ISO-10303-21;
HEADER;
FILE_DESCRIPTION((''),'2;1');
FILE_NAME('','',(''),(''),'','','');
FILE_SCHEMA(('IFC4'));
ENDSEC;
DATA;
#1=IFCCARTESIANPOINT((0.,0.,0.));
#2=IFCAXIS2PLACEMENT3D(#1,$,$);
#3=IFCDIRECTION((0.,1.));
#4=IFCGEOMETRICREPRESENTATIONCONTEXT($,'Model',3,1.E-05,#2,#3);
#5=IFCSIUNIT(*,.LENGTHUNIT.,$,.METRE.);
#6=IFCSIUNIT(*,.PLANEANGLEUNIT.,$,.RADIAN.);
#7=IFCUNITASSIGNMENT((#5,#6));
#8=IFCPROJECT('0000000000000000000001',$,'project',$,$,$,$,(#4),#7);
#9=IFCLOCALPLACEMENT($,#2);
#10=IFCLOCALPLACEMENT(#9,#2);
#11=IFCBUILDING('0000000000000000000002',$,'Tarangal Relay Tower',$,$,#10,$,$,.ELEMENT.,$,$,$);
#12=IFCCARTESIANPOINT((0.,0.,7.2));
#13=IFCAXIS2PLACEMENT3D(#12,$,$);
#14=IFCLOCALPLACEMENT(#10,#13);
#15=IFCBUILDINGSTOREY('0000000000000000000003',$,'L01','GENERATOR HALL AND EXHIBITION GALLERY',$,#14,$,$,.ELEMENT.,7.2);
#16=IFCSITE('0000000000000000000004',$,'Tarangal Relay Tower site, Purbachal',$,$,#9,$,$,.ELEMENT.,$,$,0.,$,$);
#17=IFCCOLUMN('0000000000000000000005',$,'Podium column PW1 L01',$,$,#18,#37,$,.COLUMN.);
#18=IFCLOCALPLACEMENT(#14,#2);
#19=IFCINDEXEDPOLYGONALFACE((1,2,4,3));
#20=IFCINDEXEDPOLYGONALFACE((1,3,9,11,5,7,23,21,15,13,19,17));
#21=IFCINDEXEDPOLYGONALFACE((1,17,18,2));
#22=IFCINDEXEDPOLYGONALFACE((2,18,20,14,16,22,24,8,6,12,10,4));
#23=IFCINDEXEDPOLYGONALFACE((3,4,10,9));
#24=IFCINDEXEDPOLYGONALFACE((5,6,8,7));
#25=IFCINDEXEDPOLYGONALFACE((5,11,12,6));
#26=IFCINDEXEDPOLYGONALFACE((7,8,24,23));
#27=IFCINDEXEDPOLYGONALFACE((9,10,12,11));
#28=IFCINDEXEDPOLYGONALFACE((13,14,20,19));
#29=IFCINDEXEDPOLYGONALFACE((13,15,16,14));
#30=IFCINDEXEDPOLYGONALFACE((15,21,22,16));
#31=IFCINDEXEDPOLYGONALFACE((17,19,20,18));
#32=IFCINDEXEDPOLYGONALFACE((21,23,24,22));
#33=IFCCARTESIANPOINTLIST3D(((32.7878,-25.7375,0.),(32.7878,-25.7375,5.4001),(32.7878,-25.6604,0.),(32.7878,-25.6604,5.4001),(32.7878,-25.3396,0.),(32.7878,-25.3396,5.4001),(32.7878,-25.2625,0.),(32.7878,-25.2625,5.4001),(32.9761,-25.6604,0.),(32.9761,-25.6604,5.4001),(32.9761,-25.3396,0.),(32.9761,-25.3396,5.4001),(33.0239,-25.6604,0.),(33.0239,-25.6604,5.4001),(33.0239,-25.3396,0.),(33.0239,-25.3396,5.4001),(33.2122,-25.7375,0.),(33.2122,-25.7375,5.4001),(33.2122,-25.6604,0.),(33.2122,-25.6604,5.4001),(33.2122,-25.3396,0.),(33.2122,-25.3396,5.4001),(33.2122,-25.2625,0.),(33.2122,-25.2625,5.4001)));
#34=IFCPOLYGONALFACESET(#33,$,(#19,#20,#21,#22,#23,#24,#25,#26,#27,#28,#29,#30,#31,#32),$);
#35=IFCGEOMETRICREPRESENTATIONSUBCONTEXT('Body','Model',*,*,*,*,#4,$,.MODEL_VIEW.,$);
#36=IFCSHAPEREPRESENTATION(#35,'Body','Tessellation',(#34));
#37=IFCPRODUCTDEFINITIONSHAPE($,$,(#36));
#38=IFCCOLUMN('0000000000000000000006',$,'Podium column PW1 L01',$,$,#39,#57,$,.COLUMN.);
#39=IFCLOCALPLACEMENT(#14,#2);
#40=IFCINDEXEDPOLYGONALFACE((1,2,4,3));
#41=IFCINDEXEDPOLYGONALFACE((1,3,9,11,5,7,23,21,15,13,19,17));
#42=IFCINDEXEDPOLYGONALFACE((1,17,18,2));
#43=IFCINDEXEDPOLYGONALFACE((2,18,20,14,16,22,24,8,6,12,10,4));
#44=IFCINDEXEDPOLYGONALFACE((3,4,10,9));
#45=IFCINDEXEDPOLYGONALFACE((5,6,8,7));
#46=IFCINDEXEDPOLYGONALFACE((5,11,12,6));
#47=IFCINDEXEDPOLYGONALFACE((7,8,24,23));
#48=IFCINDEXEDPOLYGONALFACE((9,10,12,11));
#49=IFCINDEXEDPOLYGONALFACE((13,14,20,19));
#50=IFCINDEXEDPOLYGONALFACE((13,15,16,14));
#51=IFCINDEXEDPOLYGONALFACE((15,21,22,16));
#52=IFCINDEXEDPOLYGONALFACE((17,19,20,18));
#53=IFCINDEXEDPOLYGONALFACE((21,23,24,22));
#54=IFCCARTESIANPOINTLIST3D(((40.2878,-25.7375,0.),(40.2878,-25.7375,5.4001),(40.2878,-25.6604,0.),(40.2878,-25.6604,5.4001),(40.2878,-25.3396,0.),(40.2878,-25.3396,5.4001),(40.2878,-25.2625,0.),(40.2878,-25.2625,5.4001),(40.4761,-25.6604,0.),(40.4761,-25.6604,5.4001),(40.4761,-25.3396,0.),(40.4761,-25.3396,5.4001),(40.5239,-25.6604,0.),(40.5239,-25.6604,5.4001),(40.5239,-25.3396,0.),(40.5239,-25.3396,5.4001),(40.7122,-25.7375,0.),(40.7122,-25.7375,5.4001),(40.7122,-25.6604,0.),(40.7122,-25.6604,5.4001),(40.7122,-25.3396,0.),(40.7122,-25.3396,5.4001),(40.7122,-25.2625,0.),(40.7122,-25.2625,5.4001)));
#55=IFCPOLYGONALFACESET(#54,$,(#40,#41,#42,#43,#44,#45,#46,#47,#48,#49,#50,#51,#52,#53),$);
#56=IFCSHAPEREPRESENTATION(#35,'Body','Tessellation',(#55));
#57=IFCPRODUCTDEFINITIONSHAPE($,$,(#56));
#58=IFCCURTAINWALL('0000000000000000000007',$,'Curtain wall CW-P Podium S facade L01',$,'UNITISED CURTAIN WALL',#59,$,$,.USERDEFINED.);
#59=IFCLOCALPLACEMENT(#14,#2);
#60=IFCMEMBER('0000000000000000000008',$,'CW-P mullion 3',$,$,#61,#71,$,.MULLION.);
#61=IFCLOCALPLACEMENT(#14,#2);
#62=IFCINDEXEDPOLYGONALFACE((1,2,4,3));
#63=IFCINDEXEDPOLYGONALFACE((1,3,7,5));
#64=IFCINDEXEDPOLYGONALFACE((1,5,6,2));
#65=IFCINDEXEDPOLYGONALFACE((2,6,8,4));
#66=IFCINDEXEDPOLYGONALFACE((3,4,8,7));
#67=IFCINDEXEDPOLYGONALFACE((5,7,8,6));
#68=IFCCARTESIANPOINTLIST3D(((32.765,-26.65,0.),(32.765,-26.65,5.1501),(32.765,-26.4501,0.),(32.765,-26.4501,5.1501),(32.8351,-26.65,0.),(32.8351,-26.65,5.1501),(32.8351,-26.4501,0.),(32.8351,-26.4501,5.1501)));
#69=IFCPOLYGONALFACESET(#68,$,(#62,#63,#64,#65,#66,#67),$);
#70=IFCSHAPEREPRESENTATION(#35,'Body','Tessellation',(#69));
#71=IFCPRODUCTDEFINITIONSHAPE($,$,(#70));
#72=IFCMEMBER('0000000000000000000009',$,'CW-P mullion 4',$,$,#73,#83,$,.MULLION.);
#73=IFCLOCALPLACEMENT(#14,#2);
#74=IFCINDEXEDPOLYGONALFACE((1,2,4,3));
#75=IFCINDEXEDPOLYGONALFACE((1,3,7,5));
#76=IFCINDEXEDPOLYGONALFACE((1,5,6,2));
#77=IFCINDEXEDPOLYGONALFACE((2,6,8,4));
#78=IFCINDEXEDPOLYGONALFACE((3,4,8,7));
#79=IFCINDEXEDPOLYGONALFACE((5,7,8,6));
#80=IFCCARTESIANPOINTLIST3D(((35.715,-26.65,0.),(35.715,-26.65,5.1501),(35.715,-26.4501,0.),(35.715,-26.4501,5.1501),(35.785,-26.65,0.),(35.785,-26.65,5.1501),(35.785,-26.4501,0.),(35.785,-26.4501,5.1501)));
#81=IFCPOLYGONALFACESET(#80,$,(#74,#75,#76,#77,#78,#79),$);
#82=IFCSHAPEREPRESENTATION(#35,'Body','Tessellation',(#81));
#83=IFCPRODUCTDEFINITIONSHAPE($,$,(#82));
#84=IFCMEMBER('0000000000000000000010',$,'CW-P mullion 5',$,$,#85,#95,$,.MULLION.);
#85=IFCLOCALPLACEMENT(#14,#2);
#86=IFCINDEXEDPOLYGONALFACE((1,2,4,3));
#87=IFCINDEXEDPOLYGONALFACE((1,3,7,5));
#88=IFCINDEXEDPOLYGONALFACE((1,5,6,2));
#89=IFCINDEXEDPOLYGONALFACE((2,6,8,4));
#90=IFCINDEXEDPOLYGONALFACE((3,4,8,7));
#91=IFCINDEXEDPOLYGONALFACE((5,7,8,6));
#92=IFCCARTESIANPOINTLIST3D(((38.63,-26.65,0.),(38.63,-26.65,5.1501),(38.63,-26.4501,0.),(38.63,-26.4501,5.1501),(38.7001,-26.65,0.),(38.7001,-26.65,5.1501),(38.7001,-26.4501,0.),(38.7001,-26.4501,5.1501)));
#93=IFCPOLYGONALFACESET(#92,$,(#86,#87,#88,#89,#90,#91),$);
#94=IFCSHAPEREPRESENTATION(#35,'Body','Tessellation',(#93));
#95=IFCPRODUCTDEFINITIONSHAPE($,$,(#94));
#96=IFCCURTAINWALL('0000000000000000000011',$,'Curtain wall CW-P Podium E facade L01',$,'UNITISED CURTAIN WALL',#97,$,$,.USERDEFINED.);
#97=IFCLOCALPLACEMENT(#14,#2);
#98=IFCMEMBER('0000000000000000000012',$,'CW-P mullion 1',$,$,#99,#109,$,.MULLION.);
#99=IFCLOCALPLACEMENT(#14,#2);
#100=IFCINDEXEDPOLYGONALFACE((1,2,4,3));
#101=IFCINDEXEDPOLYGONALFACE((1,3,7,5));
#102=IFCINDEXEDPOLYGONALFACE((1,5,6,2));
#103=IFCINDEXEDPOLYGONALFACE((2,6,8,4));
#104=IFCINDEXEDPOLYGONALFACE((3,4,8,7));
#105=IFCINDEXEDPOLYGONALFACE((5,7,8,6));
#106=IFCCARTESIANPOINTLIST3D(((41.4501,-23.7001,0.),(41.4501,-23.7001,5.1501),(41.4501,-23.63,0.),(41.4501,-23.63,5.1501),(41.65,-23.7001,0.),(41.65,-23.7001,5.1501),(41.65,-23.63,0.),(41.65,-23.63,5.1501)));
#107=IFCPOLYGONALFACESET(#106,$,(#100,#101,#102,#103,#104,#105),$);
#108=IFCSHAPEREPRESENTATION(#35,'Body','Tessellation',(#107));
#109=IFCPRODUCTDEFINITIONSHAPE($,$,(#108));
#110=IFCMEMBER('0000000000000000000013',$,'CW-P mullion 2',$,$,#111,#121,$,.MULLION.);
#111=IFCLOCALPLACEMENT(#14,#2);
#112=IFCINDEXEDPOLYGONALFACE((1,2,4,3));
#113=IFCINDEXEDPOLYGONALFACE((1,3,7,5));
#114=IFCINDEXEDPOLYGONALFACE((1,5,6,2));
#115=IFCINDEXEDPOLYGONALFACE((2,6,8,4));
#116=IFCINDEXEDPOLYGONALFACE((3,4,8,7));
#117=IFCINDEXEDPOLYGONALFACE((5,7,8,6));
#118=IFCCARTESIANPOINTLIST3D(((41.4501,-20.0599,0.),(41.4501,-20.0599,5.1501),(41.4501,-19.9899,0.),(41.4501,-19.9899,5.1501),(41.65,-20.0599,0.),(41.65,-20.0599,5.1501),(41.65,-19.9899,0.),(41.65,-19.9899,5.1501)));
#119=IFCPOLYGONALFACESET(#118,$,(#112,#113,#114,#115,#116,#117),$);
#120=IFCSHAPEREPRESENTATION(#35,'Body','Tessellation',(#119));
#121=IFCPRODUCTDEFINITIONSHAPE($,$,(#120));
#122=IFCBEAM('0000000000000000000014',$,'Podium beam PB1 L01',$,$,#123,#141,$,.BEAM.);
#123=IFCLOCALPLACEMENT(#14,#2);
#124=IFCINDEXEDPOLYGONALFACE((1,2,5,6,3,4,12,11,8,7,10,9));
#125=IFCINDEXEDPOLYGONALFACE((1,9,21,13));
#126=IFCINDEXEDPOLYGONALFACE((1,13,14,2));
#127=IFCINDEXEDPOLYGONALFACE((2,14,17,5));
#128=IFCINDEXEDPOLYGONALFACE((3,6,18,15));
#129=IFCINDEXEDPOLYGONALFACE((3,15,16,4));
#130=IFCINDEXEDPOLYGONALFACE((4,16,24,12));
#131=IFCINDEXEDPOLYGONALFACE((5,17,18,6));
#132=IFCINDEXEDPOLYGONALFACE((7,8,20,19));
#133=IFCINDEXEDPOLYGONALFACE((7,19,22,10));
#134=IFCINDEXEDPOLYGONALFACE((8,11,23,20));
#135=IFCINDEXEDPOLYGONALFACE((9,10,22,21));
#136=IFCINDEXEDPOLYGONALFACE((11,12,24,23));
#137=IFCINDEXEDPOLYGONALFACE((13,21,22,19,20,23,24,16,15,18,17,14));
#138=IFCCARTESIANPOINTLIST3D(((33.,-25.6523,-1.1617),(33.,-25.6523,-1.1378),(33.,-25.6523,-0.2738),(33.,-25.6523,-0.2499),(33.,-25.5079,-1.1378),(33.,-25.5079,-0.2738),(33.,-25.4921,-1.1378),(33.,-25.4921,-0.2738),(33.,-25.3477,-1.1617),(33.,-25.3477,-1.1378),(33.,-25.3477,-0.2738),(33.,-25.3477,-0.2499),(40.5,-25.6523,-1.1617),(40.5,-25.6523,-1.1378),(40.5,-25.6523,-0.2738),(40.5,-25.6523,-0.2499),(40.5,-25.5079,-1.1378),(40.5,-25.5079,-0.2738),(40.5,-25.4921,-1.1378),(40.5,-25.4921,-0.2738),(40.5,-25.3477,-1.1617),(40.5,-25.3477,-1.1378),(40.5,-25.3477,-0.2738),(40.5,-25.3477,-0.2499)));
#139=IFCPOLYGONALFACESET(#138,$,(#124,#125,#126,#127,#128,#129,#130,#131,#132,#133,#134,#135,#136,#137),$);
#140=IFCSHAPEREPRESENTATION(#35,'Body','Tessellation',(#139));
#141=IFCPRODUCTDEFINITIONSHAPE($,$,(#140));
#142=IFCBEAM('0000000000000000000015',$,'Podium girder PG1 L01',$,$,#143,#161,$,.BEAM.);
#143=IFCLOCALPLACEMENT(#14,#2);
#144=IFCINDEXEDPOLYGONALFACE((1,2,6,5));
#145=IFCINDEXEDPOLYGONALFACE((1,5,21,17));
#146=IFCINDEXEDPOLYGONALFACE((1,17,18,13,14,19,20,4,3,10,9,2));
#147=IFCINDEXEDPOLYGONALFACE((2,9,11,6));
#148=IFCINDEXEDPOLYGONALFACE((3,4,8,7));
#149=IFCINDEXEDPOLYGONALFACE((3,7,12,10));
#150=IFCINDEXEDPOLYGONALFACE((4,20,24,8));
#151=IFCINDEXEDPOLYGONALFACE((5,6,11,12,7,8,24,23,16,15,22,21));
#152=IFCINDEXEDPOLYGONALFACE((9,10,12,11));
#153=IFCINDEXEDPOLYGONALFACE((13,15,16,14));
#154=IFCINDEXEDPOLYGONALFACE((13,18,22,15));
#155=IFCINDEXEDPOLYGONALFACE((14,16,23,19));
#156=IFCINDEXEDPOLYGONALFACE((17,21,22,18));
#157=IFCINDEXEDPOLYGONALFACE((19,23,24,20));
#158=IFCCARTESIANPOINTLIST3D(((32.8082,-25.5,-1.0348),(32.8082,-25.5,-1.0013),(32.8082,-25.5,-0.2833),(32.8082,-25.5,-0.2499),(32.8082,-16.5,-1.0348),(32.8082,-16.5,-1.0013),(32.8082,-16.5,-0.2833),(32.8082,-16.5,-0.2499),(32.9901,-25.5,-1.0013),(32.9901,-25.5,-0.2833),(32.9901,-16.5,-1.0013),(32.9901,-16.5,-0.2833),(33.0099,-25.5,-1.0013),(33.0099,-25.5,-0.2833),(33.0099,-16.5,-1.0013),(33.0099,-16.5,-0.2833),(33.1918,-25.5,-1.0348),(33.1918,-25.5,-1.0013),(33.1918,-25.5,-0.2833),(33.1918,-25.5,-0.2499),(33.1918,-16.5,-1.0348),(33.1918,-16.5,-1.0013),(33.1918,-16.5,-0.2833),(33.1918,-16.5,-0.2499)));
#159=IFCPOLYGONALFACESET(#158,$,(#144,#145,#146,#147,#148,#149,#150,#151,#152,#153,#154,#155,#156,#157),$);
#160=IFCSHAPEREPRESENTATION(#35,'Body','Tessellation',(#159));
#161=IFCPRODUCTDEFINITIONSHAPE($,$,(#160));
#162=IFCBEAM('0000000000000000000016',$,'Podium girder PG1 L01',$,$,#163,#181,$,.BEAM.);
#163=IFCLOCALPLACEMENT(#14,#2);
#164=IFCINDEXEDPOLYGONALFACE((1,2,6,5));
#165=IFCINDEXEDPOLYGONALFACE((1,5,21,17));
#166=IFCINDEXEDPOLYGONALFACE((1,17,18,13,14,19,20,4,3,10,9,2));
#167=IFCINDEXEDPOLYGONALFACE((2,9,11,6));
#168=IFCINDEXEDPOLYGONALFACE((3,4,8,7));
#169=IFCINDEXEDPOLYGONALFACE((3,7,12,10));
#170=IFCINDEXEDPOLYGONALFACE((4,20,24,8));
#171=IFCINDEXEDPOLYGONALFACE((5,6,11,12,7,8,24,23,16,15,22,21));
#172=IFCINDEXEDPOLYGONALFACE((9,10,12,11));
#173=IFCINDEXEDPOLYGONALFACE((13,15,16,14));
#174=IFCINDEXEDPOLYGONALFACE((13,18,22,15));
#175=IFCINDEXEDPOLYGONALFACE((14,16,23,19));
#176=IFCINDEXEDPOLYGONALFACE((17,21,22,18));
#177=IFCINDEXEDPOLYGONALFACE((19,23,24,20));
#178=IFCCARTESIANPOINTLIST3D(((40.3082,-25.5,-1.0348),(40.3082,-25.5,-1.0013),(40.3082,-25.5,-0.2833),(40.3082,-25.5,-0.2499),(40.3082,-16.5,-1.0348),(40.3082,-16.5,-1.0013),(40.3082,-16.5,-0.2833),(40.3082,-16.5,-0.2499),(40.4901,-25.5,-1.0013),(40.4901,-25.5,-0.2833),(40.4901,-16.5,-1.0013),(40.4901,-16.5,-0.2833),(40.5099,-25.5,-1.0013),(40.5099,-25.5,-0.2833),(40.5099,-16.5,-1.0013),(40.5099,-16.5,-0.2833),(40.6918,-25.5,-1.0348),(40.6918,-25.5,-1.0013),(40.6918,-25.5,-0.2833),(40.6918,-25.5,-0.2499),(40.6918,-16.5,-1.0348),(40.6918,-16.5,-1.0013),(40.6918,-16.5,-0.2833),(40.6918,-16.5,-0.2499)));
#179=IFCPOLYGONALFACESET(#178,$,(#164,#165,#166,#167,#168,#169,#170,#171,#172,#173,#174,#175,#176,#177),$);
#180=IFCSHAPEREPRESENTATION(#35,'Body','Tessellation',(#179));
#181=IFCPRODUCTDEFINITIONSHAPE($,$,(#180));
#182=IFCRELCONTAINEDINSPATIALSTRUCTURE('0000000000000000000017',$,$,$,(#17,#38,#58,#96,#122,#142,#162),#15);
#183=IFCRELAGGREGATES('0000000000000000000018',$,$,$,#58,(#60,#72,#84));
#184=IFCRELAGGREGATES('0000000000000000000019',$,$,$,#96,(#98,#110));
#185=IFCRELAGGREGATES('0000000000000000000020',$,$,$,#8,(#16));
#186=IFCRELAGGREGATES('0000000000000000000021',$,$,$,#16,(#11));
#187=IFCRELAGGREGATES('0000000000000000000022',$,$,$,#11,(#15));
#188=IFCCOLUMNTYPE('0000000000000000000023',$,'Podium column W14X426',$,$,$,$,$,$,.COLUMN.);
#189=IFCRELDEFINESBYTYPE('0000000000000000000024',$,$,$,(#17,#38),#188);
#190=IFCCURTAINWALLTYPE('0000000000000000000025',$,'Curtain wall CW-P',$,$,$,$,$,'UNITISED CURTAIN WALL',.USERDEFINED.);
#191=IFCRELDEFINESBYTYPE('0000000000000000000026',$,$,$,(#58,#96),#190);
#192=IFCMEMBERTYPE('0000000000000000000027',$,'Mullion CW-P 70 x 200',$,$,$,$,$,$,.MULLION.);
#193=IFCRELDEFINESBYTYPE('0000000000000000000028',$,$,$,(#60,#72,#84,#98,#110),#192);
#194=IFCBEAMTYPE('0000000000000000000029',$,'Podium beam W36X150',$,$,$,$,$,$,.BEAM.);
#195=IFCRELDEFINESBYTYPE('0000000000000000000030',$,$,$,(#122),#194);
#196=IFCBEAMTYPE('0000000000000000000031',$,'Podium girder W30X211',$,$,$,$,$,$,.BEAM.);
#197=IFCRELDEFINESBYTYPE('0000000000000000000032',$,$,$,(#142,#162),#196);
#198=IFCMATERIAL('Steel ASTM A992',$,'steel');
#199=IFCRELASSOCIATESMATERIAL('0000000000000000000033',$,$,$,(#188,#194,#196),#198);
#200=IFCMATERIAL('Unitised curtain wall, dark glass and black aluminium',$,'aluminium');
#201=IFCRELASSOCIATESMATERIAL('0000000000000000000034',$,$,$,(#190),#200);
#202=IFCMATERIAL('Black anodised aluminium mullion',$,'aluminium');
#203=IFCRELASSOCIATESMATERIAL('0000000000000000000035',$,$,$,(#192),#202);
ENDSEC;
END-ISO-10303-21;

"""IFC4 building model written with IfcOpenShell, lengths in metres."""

from ifc_helpers import new_model, si_unit, direction, frame, origin, origin_2d, place, context, subcontext, project, spatial, rectangle, i_section, extrude, material, material_profile, profile_set, type_object, element, aggregate, save


model = new_model("IFC4")

# Units and contexts
model_context = context("Model", 3, precision=1e-05, world=origin(), true_north=direction((0.0, 1.0)))
body_context = subcontext(model_context, "Body", "Model", "MODEL_VIEW")
ifc_project = project(units=[si_unit("LENGTHUNIT", "METRE"), si_unit("PLANEANGLEUNIT", "RADIAN")], contexts=[model_context])

# Site, building, storey
site_placement = place(None, origin())
site = spatial("IfcSite", under=ifc_project, at=site_placement, Name="Tarangal Relay Tower site, Purbachal", CompositionType="ELEMENT", RefElevation=0.0)
building_placement = place(site_placement, origin())
building = spatial("IfcBuilding", under=site, at=building_placement, Name="Tarangal Relay Tower", CompositionType="ELEMENT")
storey_placement = place(building_placement, frame((0.0, 0.0, 7.2)))
storey = spatial("IfcBuildingStorey", under=building, at=storey_placement, Name="L01", Description="GENERATOR HALL AND EXHIBITION GALLERY", CompositionType="ELEMENT", Elevation=7.2)

# Columns
ifc_material_1 = material(Name="Steel ASTM A992", Category="steel")
ifc_material_profile_1 = material_profile(ifc_material_1, i_section(OverallWidth=0.4243, OverallDepth=0.4751, WebThickness=0.0479, FlangeThickness=0.0771, at=origin_2d()), Name="W14X426")
ifc_profile_set_1 = profile_set([ifc_material_profile_1], Name="Steel ASTM A992")
column_type = type_object("IfcColumnType", Name="Podium column W14X426", PredefinedType="COLUMN", material=ifc_profile_set_1)
for number, where, z_axis, x_axis, name in (
    (1, (33.0, -25.5, 0.0), (0.0, 0.0, 1.0), (1.0, 0.0, 0.0), "Podium column PW1 L01"),
    (2, (40.5, -25.5, 0.0), (0.0, 0.0, 1.0), (1.0, 0.0, 0.0), "Podium column PW1 L01"),
):
    element("IfcColumn", number, at=place(storey_placement, frame(where, z_axis=z_axis, x_axis=x_axis)), inside=storey, type_object=column_type, Name=name, PredefinedType="COLUMN", context=body_context, shape_type="SweptSolid", body=[
        extrude(i_section(OverallWidth=0.4243, OverallDepth=0.4751, WebThickness=0.0479, FlangeThickness=0.0771, at=origin_2d()), origin(), (0.0, 0.0, 1.0), 5.4001),
    ])

# Curtain walls, members
ifc_material_2 = material(Name="Unitised curtain wall, dark glass and black aluminium", Category="aluminium")
curtain_wall_type = type_object("IfcCurtainWallType", Name="Curtain wall CW-P", ElementType="UNITISED CURTAIN WALL", PredefinedType="USERDEFINED", material=ifc_material_2)
curtain_wall_1_placement = place(storey_placement, origin())
curtain_wall_1 = element("IfcCurtainWall", 3, at=curtain_wall_1_placement, inside=storey, type_object=curtain_wall_type, Name="Curtain wall CW-P Podium S facade L01", ObjectType="UNITISED CURTAIN WALL", PredefinedType="USERDEFINED")
ifc_material_3 = material(Name="Black anodised aluminium mullion", Category="aluminium")
ifc_material_profile_2 = material_profile(ifc_material_3, rectangle(XDim=0.2, YDim=0.0701, at=origin_2d()), Name="CW-PM 70X200")
ifc_profile_set_2 = profile_set([ifc_material_profile_2], Name="Black anodised aluminium mullion")
member_type_1 = type_object("IfcMemberType", Name="Mullion CW-P 70 x 200", PredefinedType="MULLION", material=ifc_profile_set_2)
member_1_placement = place(storey_placement, frame((32.8, -26.55, 0.0), z_axis=(0.0, 0.0, 1.0), x_axis=(0.0, 1.0, 0.0)))
member_1 = element("IfcMember", 4, at=member_1_placement, type_object=member_type_1, Name="CW-P mullion 3", PredefinedType="MULLION", context=body_context, shape_type="SweptSolid", body=[
    extrude(rectangle(XDim=0.2, YDim=0.0701, at=origin_2d()), origin(), (0.0, 0.0, 1.0), 5.1501),
])
member_2_placement = place(storey_placement, frame((35.75, -26.55, 0.0), z_axis=(0.0, 0.0, 1.0), x_axis=(0.0, 1.0, 0.0)))
member_2 = element("IfcMember", 5, at=member_2_placement, type_object=member_type_1, Name="CW-P mullion 4", PredefinedType="MULLION", context=body_context, shape_type="SweptSolid", body=[
    extrude(rectangle(XDim=0.2, YDim=0.0701, at=origin_2d()), origin(), (0.0, 0.0, 1.0), 5.1501),
])
member_3_placement = place(storey_placement, frame((38.665, -26.55, 0.0), z_axis=(0.0, 0.0, 1.0), x_axis=(0.0, 1.0, 0.0)))
member_3 = element("IfcMember", 6, at=member_3_placement, type_object=member_type_1, Name="CW-P mullion 5", PredefinedType="MULLION", context=body_context, shape_type="SweptSolid", body=[
    extrude(rectangle(XDim=0.2, YDim=0.0701, at=origin_2d()), origin(), (0.0, 0.0, 1.0), 5.1501),
])
curtain_wall_2_placement = place(storey_placement, origin())
curtain_wall_2 = element("IfcCurtainWall", 7, at=curtain_wall_2_placement, inside=storey, type_object=curtain_wall_type, Name="Curtain wall CW-P Podium E facade L01", ObjectType="UNITISED CURTAIN WALL", PredefinedType="USERDEFINED")
member_4_placement = place(storey_placement, frame((41.55, -23.665, 0.0), z_axis=(0.0, 0.0, 1.0), x_axis=(-1.0, 0.0, 0.0)))
member_4 = element("IfcMember", 8, at=member_4_placement, type_object=member_type_1, Name="CW-P mullion 1", PredefinedType="MULLION", context=body_context, shape_type="SweptSolid", body=[
    extrude(rectangle(XDim=0.2, YDim=0.0701, at=origin_2d()), origin(), (0.0, 0.0, 1.0), 5.1501),
])
member_5_placement = place(storey_placement, frame((41.55, -20.0249, 0.0), z_axis=(0.0, 0.0, 1.0), x_axis=(-1.0, 0.0, 0.0)))
member_5 = element("IfcMember", 9, at=member_5_placement, type_object=member_type_1, Name="CW-P mullion 2", PredefinedType="MULLION", context=body_context, shape_type="SweptSolid", body=[
    extrude(rectangle(XDim=0.2, YDim=0.0701, at=origin_2d()), origin(), (0.0, 0.0, 1.0), 5.1501),
])

# Beams
ifc_material_profile_3 = material_profile(ifc_material_1, i_section(OverallWidth=0.3047, OverallDepth=0.9119, WebThickness=0.0159, FlangeThickness=0.0239, at=origin_2d()), Name="W36X150")
ifc_profile_set_3 = profile_set([ifc_material_profile_3], Name="Steel ASTM A992")
beam_type_1 = type_object("IfcBeamType", Name="Podium beam W36X150", PredefinedType="BEAM", material=ifc_profile_set_3)
beam_1_placement = place(storey_placement, frame((33.0, -25.5, -0.7058), z_axis=(1.0, 0.0, 0.0), x_axis=(0.0, 1.0, 0.0)))
element("IfcBeam", 10, at=beam_1_placement, inside=storey, type_object=beam_type_1, Name="Podium beam PB1 L01", PredefinedType="BEAM", context=body_context, shape_type="SweptSolid", body=[
    extrude(i_section(OverallWidth=0.3047, OverallDepth=0.9119, WebThickness=0.0159, FlangeThickness=0.0239, at=origin_2d()), origin(), (0.0, 0.0, 1.0), 7.5),
])
ifc_material_profile_4 = material_profile(ifc_material_1, i_section(OverallWidth=0.3835, OverallDepth=0.7849, WebThickness=0.0198, FlangeThickness=0.0334, at=origin_2d()), Name="W30X211")
ifc_profile_set_4 = profile_set([ifc_material_profile_4], Name="Steel ASTM A992")
beam_type_2 = type_object("IfcBeamType", Name="Podium girder W30X211", PredefinedType="BEAM", material=ifc_profile_set_4)
for number, where, z_axis, x_axis, name in (
    (11, (33.0, -25.5, -0.6423), (0.0, 1.0, 0.0), (-1.0, 0.0, 0.0), "Podium girder PG1 L01"),
    (12, (40.5, -25.5, -0.6423), (0.0, 1.0, 0.0), (-1.0, 0.0, 0.0), "Podium girder PG1 L01"),
):
    element("IfcBeam", number, at=place(storey_placement, frame(where, z_axis=z_axis, x_axis=x_axis)), inside=storey, type_object=beam_type_2, Name=name, PredefinedType="BEAM", context=body_context, shape_type="SweptSolid", body=[
        extrude(i_section(OverallWidth=0.3835, OverallDepth=0.7849, WebThickness=0.0198, FlangeThickness=0.0334, at=origin_2d()), origin(), (0.0, 0.0, 1.0), 9.0),
    ])

aggregate(curtain_wall_1, [member_1, member_2, member_3])
aggregate(curtain_wall_2, [member_4, member_5])

save(model, "model.ifc")
